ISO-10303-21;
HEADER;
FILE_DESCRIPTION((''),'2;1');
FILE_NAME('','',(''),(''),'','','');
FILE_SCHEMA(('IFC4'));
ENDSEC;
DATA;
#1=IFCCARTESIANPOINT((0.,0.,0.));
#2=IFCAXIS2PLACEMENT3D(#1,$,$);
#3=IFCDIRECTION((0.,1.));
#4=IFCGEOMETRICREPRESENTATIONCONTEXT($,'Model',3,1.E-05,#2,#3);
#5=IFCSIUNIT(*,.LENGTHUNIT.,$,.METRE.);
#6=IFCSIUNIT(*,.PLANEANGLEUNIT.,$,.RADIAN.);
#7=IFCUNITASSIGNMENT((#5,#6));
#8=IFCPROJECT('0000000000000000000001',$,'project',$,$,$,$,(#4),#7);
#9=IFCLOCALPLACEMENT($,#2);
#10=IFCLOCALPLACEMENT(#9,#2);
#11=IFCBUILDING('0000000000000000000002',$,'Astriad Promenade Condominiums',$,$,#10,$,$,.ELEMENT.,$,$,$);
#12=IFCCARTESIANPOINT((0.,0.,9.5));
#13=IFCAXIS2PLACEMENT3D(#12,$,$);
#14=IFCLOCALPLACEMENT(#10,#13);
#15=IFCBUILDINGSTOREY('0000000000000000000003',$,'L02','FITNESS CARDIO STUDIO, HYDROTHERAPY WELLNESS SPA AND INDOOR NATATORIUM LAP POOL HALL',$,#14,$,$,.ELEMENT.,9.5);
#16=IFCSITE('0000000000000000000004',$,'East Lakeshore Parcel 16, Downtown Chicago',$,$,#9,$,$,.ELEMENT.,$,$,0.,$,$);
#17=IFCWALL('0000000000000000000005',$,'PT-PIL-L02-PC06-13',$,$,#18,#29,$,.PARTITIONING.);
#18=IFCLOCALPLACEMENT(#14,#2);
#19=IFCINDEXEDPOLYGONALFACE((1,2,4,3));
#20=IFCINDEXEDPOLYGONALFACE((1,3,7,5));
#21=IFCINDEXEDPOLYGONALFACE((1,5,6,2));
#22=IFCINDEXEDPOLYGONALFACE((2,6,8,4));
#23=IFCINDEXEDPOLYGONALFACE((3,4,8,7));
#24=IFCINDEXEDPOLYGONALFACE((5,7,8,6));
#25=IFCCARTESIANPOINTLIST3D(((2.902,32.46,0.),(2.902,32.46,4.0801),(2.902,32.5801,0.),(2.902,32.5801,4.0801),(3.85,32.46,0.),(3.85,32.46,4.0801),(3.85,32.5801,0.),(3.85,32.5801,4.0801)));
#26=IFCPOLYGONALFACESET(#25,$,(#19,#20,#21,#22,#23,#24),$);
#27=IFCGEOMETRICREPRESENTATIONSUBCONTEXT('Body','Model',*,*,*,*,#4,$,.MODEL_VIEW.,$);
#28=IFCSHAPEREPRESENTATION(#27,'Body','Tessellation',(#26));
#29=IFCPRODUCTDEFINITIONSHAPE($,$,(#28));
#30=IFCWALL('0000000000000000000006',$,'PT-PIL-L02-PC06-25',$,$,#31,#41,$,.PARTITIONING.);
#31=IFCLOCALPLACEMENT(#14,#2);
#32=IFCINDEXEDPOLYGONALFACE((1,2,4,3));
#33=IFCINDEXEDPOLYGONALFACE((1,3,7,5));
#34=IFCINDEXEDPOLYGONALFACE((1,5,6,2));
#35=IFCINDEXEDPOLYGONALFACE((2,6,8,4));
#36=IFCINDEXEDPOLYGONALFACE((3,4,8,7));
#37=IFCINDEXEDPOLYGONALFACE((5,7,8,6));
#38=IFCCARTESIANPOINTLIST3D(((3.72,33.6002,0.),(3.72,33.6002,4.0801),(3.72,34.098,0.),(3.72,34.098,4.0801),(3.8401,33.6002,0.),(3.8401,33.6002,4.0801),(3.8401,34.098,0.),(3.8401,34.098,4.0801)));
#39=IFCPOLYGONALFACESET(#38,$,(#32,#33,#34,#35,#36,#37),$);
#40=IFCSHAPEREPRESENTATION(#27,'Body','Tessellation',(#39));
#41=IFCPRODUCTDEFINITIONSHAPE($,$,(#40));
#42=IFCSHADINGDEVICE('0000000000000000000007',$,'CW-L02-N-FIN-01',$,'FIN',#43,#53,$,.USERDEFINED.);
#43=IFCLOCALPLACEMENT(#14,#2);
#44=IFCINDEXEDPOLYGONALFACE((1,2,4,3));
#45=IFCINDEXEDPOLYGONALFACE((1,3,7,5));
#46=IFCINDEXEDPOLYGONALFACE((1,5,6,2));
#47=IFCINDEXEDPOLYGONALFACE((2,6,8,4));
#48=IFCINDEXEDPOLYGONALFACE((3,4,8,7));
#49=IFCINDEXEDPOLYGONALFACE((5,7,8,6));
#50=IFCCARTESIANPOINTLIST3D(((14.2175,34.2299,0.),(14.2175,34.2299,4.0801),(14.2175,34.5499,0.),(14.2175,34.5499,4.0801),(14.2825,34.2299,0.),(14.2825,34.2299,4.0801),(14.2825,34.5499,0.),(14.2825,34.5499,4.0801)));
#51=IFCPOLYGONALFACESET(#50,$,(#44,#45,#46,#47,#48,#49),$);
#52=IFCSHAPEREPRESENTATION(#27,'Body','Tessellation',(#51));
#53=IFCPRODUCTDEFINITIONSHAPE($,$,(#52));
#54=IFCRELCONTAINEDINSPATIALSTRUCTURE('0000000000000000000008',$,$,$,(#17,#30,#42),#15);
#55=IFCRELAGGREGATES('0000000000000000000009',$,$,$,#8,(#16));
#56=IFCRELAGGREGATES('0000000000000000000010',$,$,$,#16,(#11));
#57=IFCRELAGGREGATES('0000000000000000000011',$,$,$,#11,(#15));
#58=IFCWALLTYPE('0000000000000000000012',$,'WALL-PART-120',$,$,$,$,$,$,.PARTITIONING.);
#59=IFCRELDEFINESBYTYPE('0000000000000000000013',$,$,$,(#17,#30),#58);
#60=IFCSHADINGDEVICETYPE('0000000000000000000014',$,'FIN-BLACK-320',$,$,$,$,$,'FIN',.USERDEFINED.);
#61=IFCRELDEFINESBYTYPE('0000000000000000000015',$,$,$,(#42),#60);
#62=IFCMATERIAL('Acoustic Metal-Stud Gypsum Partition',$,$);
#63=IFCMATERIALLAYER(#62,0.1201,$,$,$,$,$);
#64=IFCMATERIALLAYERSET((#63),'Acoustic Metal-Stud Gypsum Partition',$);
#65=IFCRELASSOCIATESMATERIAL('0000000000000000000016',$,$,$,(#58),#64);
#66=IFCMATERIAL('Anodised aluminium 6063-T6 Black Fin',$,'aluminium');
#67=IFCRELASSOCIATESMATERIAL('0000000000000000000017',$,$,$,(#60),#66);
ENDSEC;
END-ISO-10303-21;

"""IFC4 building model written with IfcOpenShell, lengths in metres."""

from ifc_helpers import new_model, si_unit, direction, frame, frame_2d, origin, origin_2d, place, context, subcontext, project, spatial, rectangle, extrude, source, transform, mapped, material, layer, layer_set, type_object, type_shapes, element, save


model = new_model("IFC4")

# Units and contexts
model_context = context("Model", 3, precision=1e-05, world=origin(), true_north=direction((0.0, 1.0)))
body_context = subcontext(model_context, "Body", "Model", "MODEL_VIEW")
ifc_project = project(units=[si_unit("LENGTHUNIT", "METRE"), si_unit("PLANEANGLEUNIT", "RADIAN")], contexts=[model_context])

# Site, building, storey
site_placement = place(None, origin())
site = spatial("IfcSite", under=ifc_project, at=site_placement, Name="East Lakeshore Parcel 16, Downtown Chicago", CompositionType="ELEMENT", RefElevation=0.0)
building_placement = place(site_placement, origin())
building = spatial("IfcBuilding", under=site, at=building_placement, Name="Astriad Promenade Condominiums", CompositionType="ELEMENT")
storey_placement = place(building_placement, frame((0.0, 0.0, 9.5)))
storey = spatial("IfcBuildingStorey", under=building, at=storey_placement, Name="L02", Description="FITNESS CARDIO STUDIO, HYDROTHERAPY WELLNESS SPA AND INDOOR NATATORIUM LAP POOL HALL", CompositionType="ELEMENT", Elevation=9.5)

# Walls
ifc_material_1 = material(Name="Acoustic Metal-Stud Gypsum Partition")
ifc_layer_1 = layer(ifc_material_1, 0.1201)
ifc_layer_set_1 = layer_set([ifc_layer_1], Name="Acoustic Metal-Stud Gypsum Partition")
wall_type_1 = type_object("IfcWallType", Name="WALL-PART-120", PredefinedType="PARTITIONING", material=ifc_layer_set_1)
wall_1_placement = place(storey_placement, frame((3.8501, 32.52, 0.0), z_axis=(0.0, 0.0, 1.0), x_axis=(-1.0, 0.0, 0.0)))
element("IfcWall", 1, at=wall_1_placement, inside=storey, type_object=wall_type_1, Name="PT-PIL-L02-PC06-13", PredefinedType="PARTITIONING", context=body_context, shape_type="SweptSolid", body=[
    extrude(rectangle(XDim=0.948, YDim=0.1201, at=frame_2d((0.4741, 0.0))), origin(), (0.0, 0.0, 1.0), 4.0801),
])
wall_2_placement = place(storey_placement, frame((3.78, 33.6001, 0.0), z_axis=(0.0, 0.0, 1.0), x_axis=(0.0, 1.0, 0.0)))
element("IfcWall", 2, at=wall_2_placement, inside=storey, type_object=wall_type_1, Name="PT-PIL-L02-PC06-25", PredefinedType="PARTITIONING", context=body_context, shape_type="SweptSolid", body=[
    extrude(rectangle(XDim=0.4978, YDim=0.1201, at=frame_2d((0.249, 0.0))), origin(), (0.0, 0.0, 1.0), 4.0801),
])

# Shading device
ifc_material_2 = material(Name="Anodised aluminium 6063-T6 Black Fin", Category="aluminium")
shading_device_type = type_object("IfcShadingDeviceType", Name="FIN-BLACK-320", ElementType="FIN", PredefinedType="USERDEFINED", material=ifc_material_2)
shared_shape_1 = source(origin(), body_context, "Body", "SweptSolid", [
    extrude(rectangle(XDim=0.0649, YDim=0.3201, at=origin_2d()), origin(), (0.0, 0.0, 1.0), 4.0801),
])
type_shapes(shading_device_type, [shared_shape_1])
shading_device_placement = place(storey_placement, frame((14.25, 34.3899, 0.0), z_axis=(0.0, 0.0, 1.0), x_axis=(1.0, 0.0, 0.0)))
element("IfcShadingDevice", 3, at=shading_device_placement, inside=storey, type_object=shading_device_type, Name="CW-L02-N-FIN-01", ObjectType="FIN", PredefinedType="USERDEFINED", context=body_context, shape_type="MappedRepresentation", body=[
    mapped(shared_shape_1, transform((0.0, 0.0, 0.0), scale=1.0)),
])

save(model, "model.ifc")
